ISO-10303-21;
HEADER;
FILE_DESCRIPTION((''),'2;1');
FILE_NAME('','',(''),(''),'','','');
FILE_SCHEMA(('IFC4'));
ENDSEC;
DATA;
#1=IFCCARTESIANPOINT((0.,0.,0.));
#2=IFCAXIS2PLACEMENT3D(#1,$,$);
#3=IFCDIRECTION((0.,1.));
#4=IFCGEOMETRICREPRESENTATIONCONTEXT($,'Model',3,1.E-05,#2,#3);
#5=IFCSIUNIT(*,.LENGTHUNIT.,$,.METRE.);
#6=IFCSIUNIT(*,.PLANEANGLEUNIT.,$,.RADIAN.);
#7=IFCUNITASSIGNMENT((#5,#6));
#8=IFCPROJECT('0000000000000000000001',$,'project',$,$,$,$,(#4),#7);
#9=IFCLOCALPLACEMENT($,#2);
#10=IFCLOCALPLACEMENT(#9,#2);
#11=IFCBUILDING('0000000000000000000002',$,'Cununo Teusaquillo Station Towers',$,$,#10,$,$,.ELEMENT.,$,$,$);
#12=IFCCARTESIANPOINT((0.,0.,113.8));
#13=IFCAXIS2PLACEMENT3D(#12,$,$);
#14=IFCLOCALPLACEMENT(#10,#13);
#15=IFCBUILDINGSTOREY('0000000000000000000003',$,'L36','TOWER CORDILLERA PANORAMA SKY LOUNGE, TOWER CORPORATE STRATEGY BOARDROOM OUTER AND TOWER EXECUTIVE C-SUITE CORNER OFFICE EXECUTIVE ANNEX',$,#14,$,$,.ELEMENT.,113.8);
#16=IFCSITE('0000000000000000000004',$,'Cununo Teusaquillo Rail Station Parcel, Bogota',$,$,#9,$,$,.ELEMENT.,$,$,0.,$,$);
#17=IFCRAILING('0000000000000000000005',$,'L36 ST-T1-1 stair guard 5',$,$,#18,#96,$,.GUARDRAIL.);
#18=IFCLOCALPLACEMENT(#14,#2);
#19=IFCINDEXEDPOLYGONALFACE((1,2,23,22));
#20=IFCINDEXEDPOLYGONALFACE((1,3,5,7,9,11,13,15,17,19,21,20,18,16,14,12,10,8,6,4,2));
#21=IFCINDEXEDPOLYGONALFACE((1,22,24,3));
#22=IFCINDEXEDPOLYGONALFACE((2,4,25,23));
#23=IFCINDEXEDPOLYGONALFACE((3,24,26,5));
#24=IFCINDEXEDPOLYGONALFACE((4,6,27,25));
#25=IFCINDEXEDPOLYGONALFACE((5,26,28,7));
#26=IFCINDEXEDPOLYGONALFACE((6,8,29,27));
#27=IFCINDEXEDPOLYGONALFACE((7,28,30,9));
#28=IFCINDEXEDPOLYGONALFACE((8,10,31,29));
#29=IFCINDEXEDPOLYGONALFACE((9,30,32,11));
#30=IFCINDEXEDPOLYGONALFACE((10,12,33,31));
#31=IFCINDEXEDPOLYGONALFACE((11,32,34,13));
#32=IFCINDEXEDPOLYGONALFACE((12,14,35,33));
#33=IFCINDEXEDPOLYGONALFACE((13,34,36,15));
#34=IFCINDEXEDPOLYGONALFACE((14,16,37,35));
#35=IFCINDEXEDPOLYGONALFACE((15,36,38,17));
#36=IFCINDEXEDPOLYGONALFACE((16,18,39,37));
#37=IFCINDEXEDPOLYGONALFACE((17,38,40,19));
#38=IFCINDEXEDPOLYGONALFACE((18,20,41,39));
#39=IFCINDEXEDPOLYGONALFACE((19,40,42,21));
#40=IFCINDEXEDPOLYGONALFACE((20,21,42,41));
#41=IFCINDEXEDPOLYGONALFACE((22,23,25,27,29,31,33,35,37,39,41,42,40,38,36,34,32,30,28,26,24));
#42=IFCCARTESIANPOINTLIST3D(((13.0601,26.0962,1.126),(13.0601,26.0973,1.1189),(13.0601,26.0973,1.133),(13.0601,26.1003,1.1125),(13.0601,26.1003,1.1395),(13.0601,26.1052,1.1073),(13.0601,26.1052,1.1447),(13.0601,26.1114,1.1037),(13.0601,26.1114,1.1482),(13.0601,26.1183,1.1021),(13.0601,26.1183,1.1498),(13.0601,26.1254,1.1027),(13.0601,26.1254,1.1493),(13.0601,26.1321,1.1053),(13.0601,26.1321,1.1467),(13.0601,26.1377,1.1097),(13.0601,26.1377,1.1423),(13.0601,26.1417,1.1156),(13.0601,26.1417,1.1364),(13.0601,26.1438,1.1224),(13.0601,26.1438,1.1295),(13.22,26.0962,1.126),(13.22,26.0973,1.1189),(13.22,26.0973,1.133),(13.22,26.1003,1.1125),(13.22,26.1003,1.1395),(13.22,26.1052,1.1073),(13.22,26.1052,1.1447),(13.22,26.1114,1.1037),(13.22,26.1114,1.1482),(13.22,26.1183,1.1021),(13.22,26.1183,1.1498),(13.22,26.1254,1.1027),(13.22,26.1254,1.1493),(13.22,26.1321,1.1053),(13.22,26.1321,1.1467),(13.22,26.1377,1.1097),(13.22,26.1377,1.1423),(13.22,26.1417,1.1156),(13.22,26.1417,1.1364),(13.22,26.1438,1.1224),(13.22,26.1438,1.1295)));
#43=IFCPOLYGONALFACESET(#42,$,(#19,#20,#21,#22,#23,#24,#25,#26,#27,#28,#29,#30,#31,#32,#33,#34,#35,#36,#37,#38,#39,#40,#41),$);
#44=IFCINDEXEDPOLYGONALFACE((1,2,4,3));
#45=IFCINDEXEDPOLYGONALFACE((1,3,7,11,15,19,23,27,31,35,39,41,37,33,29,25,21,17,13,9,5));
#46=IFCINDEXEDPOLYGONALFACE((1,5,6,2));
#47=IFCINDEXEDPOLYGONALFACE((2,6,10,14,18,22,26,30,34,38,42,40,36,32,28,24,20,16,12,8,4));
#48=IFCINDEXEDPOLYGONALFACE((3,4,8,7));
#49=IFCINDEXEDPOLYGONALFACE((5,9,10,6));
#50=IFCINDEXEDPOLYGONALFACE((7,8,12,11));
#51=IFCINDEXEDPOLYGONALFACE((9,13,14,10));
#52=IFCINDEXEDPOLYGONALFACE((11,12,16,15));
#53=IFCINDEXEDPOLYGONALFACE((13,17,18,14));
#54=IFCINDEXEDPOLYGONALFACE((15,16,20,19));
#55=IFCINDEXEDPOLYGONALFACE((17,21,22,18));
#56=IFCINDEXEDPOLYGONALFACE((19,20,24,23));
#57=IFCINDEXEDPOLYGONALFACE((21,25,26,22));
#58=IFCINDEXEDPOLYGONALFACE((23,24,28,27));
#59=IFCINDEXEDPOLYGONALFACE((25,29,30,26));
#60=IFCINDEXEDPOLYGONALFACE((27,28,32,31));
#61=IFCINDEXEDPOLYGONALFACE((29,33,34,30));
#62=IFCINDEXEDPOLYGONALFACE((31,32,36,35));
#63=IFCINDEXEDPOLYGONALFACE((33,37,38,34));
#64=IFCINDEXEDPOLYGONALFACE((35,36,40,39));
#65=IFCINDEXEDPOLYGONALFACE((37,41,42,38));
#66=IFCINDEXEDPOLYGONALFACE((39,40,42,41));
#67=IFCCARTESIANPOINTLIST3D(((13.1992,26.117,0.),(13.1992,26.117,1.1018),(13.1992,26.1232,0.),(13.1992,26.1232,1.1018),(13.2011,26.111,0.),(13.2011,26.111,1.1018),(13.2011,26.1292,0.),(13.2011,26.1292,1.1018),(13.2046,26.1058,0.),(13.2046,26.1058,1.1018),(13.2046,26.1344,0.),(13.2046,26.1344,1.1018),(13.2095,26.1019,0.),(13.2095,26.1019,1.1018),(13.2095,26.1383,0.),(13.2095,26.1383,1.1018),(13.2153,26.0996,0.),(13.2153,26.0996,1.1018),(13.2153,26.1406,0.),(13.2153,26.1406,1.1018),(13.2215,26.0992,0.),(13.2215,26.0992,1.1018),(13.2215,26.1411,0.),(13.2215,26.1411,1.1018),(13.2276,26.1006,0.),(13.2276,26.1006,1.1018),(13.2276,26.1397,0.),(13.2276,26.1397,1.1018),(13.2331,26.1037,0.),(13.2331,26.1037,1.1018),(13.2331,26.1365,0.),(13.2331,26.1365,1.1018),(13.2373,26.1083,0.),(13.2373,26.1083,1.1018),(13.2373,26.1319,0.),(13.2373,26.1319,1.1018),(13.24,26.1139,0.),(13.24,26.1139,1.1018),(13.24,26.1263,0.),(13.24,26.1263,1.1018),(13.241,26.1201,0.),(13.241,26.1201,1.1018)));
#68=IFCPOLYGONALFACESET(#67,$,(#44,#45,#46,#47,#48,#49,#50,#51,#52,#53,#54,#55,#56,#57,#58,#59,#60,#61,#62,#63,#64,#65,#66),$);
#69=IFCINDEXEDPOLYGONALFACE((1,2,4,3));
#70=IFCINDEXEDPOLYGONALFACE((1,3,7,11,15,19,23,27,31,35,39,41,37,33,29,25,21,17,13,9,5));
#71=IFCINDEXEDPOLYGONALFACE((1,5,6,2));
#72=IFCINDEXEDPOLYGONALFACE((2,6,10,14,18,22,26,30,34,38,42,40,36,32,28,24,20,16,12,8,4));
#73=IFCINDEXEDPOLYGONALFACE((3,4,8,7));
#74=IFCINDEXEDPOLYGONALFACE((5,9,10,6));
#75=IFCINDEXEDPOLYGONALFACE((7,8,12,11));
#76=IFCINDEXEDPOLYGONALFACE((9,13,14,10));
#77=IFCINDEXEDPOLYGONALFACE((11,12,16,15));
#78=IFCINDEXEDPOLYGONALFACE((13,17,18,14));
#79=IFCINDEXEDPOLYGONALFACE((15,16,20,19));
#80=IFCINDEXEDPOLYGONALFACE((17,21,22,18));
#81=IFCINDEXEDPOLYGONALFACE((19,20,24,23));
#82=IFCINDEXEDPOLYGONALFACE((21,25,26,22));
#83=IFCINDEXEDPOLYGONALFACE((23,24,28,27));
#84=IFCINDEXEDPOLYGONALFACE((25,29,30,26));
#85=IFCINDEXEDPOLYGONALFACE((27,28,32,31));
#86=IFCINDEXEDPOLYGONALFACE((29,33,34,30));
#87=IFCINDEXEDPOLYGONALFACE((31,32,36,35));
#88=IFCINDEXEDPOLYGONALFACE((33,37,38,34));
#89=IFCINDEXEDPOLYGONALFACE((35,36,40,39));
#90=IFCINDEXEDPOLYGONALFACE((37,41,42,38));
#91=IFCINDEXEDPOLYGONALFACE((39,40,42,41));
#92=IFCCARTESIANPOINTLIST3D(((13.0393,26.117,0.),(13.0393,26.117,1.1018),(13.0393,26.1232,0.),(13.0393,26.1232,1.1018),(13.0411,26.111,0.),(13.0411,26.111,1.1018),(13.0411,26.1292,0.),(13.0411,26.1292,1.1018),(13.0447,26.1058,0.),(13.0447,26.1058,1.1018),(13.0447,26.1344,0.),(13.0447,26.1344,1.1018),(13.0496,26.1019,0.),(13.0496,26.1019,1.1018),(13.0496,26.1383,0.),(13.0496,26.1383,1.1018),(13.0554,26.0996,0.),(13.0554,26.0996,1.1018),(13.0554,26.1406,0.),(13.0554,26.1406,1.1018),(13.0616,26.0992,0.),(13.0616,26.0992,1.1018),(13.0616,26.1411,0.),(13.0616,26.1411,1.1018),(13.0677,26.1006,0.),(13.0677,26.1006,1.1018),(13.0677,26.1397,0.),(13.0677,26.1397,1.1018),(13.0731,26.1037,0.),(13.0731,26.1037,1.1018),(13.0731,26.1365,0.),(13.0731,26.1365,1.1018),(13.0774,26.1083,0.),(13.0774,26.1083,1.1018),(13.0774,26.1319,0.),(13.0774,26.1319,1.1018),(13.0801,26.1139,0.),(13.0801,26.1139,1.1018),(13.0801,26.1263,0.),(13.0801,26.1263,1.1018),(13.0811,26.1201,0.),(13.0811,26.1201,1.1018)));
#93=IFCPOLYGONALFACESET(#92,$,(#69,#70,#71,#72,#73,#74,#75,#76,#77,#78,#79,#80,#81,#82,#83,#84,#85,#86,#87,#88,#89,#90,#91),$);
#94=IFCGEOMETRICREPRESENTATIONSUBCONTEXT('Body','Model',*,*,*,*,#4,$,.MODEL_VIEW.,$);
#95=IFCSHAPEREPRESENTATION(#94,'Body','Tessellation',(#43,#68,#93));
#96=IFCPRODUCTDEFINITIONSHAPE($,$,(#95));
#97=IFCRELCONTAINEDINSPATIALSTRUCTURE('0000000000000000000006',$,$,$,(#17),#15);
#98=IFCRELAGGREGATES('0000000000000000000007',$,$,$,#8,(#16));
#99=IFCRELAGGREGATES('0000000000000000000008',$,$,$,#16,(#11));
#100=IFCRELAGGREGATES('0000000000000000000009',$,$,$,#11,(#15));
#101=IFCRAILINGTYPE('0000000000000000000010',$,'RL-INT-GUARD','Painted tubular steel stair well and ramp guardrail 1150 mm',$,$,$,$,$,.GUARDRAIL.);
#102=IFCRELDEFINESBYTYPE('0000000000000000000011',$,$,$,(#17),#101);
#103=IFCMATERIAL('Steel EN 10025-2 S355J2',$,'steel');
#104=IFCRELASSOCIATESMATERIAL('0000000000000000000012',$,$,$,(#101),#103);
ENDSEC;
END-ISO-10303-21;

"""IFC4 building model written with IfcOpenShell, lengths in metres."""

from ifc_helpers import new_model, si_unit, direction, frame, origin, origin_2d, place, context, subcontext, project, spatial, circle, extrude, material, type_object, element, save


model = new_model("IFC4")

# Units and contexts
model_context = context("Model", 3, precision=1e-05, world=origin(), true_north=direction((0.0, 1.0)))
body_context = subcontext(model_context, "Body", "Model", "MODEL_VIEW")
ifc_project = project(units=[si_unit("LENGTHUNIT", "METRE"), si_unit("PLANEANGLEUNIT", "RADIAN")], contexts=[model_context])

# Site, building, storey
site_placement = place(None, origin())
site = spatial("IfcSite", under=ifc_project, at=site_placement, Name="Cununo Teusaquillo Rail Station Parcel, Bogota", CompositionType="ELEMENT", RefElevation=0.0)
building_placement = place(site_placement, origin())
building = spatial("IfcBuilding", under=site, at=building_placement, Name="Cununo Teusaquillo Station Towers", CompositionType="ELEMENT")
storey_placement = place(building_placement, frame((0.0, 0.0, 113.8)))
storey = spatial("IfcBuildingStorey", under=building, at=storey_placement, Name="L36", Description="TOWER CORDILLERA PANORAMA SKY LOUNGE, TOWER CORPORATE STRATEGY BOARDROOM OUTER AND TOWER EXECUTIVE C-SUITE CORNER OFFICE EXECUTIVE ANNEX", CompositionType="ELEMENT", Elevation=113.8)

# Railing
ifc_material_1 = material(Name="Steel EN 10025-2 S355J2", Category="steel")
railing_type_1 = type_object("IfcRailingType", Name="RL-INT-GUARD", Description="Painted tubular steel stair well and ramp guardrail 1150 mm", PredefinedType="GUARDRAIL", material=ifc_material_1)
railing_1_placement = place(storey_placement, frame((13.22, 26.1201, 0.0)))
element("IfcRailing", 1, at=railing_1_placement, inside=storey, type_object=railing_type_1, Name="L36 ST-T1-1 stair guard 5", PredefinedType="GUARDRAIL", context=body_context, shape_type="SweptSolid", body=[
    extrude(circle(Radius=0.0239, at=origin_2d()), frame((0.0, 0.0, 1.126), z_axis=(-1.0, 0.0, 0.0), x_axis=(0.0, -1.0, 0.0)), (0.0, 0.0, 1.0), 0.1599),
    extrude(circle(Radius=0.021, at=origin_2d()), origin(), (0.0, 0.0, 1.0), 1.1018),
    extrude(circle(Radius=0.021, at=origin_2d()), frame((-0.1599, 0.0, 0.0)), (0.0, 0.0, 1.0), 1.1018),
])

save(model, "model.ifc")
